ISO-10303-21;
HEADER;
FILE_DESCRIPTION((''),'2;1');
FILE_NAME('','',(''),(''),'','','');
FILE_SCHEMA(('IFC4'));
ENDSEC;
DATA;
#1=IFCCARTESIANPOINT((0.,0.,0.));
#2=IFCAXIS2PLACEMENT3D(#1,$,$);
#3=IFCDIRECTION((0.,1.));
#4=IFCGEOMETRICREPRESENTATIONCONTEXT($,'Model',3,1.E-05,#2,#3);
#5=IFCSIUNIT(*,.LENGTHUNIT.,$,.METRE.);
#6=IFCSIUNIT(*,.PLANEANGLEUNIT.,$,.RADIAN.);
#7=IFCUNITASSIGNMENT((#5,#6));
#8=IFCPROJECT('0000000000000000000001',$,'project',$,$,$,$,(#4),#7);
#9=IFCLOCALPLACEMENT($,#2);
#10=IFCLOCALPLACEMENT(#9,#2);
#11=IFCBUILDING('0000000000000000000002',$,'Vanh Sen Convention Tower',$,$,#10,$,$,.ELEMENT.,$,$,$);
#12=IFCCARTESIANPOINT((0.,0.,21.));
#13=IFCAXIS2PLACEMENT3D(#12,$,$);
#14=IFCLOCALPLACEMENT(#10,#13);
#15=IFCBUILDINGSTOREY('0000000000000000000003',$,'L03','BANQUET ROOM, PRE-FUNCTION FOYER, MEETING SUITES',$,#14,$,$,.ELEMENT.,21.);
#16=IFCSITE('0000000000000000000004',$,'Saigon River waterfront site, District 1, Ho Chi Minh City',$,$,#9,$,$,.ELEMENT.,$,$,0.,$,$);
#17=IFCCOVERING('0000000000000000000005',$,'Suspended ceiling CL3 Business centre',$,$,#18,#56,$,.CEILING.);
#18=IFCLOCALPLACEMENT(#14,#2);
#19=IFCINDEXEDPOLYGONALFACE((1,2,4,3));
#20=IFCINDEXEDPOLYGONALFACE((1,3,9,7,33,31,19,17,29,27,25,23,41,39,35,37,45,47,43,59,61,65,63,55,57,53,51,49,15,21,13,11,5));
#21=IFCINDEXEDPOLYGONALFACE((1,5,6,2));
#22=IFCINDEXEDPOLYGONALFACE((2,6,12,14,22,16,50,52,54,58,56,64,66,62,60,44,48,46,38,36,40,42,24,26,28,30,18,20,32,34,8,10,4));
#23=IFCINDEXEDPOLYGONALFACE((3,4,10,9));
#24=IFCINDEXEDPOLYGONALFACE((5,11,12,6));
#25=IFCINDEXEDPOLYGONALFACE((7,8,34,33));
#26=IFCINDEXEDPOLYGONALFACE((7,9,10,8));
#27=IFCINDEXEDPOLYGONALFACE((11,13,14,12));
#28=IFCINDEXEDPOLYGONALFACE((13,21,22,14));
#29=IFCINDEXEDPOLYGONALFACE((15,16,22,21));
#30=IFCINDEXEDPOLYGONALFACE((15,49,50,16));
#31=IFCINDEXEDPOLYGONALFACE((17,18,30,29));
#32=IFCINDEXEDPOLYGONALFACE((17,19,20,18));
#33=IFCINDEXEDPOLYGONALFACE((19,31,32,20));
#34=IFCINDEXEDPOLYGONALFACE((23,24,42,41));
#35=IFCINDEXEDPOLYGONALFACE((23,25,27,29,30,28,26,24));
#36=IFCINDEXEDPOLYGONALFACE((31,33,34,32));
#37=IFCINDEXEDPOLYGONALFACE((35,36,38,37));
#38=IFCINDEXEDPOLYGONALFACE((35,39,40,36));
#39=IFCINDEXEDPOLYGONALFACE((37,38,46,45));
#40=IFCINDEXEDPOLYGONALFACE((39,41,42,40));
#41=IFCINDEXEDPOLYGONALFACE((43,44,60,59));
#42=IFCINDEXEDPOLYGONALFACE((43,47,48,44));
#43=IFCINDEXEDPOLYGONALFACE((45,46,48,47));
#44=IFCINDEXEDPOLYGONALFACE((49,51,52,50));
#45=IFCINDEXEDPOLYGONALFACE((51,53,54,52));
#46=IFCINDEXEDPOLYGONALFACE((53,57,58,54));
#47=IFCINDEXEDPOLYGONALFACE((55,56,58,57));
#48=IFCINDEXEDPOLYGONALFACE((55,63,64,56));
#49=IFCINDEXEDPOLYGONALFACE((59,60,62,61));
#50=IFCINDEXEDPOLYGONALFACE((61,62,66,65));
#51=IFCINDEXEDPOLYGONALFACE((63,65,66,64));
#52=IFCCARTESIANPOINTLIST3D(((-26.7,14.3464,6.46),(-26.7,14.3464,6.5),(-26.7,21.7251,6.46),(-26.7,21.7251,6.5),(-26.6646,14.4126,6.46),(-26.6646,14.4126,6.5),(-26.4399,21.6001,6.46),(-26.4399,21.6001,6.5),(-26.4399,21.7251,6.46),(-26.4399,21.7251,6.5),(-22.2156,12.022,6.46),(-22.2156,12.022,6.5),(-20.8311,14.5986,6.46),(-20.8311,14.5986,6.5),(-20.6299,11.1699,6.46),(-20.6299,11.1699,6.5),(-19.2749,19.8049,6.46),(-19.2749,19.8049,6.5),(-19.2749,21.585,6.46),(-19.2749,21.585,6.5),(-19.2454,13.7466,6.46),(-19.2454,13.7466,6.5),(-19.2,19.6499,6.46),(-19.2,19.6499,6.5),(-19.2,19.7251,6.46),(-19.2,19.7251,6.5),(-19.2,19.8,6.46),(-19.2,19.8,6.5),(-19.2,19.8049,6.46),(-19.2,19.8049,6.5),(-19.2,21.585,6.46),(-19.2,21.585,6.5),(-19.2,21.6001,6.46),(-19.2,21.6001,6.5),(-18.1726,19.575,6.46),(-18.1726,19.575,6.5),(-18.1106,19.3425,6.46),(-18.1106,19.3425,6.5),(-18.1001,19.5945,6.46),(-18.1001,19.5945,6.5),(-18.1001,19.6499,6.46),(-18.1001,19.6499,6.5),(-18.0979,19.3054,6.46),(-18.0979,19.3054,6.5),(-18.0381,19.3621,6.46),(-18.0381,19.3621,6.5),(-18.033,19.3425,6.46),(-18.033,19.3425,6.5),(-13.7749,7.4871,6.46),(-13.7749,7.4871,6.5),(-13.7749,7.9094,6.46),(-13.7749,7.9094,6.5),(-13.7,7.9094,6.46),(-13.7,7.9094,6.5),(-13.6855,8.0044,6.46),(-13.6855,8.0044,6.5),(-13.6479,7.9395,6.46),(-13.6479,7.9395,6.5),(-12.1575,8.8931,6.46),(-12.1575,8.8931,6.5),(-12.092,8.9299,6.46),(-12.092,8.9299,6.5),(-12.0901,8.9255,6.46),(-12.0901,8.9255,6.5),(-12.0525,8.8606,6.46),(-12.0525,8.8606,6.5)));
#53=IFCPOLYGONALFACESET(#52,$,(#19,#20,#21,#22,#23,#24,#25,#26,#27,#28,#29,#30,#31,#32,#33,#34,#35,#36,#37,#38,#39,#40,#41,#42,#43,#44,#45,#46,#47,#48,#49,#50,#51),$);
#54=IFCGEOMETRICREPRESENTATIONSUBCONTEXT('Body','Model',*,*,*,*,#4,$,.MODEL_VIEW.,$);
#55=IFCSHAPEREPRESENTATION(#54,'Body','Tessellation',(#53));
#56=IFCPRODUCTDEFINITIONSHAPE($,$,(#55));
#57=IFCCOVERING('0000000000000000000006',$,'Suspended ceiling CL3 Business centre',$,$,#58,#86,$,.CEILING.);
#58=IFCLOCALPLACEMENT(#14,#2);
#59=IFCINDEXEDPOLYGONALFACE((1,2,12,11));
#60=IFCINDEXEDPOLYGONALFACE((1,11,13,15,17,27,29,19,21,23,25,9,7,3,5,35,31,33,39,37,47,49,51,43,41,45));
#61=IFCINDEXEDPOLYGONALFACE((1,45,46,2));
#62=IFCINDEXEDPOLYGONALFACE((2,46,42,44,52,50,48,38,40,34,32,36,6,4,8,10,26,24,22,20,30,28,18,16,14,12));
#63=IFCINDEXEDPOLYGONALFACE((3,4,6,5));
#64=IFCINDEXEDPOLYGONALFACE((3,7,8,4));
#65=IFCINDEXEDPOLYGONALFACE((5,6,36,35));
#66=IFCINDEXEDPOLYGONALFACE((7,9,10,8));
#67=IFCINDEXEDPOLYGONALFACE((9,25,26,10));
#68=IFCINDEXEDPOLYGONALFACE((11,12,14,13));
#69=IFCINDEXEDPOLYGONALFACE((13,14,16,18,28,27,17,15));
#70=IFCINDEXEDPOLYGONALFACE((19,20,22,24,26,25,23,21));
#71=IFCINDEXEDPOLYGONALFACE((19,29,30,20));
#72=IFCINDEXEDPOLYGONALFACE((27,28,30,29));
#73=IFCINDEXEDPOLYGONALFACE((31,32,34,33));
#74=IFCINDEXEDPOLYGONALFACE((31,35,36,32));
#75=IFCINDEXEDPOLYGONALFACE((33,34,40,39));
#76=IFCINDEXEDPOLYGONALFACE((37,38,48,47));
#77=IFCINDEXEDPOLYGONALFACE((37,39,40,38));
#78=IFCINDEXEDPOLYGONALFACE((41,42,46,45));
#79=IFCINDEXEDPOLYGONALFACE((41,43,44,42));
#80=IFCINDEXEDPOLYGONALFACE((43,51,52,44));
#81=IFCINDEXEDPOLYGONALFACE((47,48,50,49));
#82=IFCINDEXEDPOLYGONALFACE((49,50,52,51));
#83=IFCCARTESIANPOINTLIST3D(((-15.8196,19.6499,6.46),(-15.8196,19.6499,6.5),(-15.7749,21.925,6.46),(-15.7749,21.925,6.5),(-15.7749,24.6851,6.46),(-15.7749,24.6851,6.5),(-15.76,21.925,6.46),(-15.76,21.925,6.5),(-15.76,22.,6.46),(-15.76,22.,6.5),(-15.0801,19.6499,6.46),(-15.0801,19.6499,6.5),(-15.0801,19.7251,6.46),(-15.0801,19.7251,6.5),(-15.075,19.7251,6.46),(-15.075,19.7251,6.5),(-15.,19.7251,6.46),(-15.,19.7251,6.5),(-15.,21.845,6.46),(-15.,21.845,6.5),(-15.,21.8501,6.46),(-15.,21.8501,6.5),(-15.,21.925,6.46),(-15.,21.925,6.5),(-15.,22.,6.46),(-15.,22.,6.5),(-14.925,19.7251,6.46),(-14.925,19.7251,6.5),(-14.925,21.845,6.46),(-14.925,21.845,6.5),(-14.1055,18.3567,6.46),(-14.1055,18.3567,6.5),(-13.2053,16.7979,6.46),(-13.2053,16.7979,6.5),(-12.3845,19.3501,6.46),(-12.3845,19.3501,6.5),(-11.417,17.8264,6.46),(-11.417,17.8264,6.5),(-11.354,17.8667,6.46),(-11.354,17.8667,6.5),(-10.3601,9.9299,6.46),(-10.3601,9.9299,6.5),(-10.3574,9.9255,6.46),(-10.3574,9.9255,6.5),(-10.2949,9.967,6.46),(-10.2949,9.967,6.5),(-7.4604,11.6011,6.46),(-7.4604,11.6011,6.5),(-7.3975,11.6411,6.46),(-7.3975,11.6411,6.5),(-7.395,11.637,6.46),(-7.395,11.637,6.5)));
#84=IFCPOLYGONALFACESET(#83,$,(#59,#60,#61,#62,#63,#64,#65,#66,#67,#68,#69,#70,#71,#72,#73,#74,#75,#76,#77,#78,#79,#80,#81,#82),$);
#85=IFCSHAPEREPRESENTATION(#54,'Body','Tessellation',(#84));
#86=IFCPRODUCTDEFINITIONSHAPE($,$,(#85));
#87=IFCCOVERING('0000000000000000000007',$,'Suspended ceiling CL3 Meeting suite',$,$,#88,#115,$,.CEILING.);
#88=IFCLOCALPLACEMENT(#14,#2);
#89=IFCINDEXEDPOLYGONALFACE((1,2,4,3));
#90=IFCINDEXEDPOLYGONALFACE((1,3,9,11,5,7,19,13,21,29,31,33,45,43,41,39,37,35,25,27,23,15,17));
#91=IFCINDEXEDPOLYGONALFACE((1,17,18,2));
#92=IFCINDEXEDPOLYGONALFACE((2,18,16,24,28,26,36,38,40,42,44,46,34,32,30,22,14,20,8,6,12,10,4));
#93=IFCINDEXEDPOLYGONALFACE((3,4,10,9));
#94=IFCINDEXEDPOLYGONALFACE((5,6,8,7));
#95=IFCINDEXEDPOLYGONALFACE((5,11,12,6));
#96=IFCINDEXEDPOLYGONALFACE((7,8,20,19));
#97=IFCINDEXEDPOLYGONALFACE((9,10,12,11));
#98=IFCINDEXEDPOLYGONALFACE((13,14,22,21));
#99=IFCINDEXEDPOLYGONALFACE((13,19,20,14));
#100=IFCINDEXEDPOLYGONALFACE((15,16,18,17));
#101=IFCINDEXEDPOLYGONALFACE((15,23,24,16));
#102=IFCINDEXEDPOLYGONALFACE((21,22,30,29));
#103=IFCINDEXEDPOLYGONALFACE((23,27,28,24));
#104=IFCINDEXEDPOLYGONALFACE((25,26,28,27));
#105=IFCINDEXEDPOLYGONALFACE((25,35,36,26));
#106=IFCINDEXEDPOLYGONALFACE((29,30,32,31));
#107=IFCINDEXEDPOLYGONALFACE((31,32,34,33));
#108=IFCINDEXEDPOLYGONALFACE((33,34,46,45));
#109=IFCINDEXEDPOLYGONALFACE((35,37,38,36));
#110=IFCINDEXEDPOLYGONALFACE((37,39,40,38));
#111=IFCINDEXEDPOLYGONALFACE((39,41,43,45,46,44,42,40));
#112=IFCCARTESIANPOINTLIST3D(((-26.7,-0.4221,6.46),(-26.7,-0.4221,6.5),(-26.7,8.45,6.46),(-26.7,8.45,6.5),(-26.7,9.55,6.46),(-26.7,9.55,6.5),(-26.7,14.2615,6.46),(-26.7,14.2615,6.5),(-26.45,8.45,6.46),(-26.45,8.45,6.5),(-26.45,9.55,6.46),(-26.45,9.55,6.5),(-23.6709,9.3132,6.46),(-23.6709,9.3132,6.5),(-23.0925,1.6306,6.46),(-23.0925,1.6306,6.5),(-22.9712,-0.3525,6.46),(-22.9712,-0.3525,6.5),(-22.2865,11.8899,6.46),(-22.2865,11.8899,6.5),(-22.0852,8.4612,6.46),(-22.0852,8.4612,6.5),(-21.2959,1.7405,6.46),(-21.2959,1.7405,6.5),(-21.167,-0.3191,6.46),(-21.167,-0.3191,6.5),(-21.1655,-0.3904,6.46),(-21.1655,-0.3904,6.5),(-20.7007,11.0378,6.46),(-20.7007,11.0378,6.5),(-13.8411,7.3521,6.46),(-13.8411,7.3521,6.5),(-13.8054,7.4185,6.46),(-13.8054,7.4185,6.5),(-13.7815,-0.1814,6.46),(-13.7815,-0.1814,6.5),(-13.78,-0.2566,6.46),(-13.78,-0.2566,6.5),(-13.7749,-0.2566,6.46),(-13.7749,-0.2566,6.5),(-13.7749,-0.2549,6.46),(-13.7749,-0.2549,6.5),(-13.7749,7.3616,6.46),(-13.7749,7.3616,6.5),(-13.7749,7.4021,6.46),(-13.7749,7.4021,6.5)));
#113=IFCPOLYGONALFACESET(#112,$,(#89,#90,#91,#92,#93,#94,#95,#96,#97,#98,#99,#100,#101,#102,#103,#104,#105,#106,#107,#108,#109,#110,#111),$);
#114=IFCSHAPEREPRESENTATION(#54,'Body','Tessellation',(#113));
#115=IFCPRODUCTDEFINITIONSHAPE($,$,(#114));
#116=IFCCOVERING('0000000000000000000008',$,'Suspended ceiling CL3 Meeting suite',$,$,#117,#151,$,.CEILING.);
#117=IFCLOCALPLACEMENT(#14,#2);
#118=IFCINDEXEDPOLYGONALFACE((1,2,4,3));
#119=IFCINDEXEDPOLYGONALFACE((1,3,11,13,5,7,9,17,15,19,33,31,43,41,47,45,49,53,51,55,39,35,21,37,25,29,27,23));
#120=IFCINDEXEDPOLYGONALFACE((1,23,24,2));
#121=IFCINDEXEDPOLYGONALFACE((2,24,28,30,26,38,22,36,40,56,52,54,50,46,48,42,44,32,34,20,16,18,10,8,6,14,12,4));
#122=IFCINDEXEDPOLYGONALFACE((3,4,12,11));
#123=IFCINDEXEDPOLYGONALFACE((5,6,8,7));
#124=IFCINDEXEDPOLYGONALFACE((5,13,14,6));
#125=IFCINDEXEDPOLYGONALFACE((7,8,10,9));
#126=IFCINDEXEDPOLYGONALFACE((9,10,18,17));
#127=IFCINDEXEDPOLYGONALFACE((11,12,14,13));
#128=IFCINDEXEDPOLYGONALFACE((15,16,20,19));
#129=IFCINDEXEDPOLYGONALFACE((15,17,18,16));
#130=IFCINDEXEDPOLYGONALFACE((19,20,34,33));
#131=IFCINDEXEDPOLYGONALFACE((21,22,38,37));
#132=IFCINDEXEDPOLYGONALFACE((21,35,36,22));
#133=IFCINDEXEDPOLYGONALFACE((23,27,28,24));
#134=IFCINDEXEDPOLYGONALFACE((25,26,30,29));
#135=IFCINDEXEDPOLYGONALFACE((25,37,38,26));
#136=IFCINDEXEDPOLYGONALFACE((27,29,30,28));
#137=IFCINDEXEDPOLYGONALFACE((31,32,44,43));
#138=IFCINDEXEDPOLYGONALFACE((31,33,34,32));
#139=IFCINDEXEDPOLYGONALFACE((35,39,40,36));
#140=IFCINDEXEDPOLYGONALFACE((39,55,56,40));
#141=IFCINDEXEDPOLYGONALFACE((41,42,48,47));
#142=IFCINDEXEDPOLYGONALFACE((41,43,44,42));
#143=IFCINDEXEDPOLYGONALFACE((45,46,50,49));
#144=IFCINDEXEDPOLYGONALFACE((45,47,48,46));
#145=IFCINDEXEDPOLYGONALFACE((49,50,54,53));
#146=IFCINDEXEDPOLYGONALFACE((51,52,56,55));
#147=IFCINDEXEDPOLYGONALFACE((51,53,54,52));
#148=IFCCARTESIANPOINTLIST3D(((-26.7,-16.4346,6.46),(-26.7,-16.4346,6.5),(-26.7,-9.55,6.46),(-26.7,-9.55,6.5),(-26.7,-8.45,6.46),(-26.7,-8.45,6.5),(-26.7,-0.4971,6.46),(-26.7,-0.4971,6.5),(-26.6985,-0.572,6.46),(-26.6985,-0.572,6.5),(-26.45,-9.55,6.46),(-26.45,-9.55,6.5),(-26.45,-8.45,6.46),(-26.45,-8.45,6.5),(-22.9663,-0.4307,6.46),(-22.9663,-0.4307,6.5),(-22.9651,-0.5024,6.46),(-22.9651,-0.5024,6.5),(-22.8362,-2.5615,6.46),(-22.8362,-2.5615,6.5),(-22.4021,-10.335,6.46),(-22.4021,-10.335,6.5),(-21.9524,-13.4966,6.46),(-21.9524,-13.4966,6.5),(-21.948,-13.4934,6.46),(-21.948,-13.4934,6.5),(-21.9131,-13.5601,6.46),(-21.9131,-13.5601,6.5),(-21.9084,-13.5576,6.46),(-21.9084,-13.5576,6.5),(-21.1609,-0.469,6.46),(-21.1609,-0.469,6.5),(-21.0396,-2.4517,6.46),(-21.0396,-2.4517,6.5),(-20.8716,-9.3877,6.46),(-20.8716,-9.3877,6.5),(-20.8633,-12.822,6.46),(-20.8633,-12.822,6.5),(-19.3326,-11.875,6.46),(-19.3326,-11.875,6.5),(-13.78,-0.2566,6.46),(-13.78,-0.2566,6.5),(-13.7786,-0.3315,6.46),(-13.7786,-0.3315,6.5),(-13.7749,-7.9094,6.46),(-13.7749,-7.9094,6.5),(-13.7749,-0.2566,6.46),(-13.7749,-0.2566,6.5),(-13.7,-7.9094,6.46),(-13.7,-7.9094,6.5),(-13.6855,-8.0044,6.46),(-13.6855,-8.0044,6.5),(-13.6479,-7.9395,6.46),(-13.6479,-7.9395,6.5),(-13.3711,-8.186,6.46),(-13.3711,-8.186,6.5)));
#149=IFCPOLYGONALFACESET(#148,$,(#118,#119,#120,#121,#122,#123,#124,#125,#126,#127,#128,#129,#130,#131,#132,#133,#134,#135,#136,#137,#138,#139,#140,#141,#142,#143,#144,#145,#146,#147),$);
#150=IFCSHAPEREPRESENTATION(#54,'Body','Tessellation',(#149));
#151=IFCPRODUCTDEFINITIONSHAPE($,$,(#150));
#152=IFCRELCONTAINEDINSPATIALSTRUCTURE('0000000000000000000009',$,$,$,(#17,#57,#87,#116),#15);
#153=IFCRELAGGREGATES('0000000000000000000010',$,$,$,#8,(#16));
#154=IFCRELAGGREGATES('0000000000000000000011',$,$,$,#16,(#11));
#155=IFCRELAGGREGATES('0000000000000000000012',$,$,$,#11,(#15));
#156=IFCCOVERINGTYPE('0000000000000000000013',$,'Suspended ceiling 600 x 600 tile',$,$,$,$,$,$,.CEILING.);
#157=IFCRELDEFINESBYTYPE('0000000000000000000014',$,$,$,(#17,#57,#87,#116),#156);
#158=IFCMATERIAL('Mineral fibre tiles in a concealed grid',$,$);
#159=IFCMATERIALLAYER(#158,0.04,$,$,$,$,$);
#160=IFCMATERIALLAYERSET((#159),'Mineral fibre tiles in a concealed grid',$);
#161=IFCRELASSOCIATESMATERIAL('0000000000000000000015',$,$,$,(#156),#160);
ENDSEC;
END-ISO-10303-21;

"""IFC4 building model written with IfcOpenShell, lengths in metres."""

from ifc_helpers import new_model, si_unit, direction, frame, origin, place, context, subcontext, project, spatial, polyline, outline, extrude, material, layer, layer_set, type_object, element, save


model = new_model("IFC4")

# Units and contexts
model_context = context("Model", 3, precision=1e-05, world=origin(), true_north=direction((0.0, 1.0)))
body_context = subcontext(model_context, "Body", "Model", "MODEL_VIEW")
ifc_project = project(units=[si_unit("LENGTHUNIT", "METRE"), si_unit("PLANEANGLEUNIT", "RADIAN")], contexts=[model_context])

# Site, building, storey
site_placement = place(None, origin())
site = spatial("IfcSite", under=ifc_project, at=site_placement, Name="Saigon River waterfront site, District 1, Ho Chi Minh City", CompositionType="ELEMENT", RefElevation=0.0)
building_placement = place(site_placement, origin())
building = spatial("IfcBuilding", under=site, at=building_placement, Name="Vanh Sen Convention Tower", CompositionType="ELEMENT")
storey_placement = place(building_placement, frame((0.0, 0.0, 21.0)))
storey = spatial("IfcBuildingStorey", under=building, at=storey_placement, Name="L03", Description="BANQUET ROOM, PRE-FUNCTION FOYER, MEETING SUITES", CompositionType="ELEMENT", Elevation=21.0)

# Coverings
ifc_material_1 = material(Name="Mineral fibre tiles in a concealed grid")
ifc_layer_1 = layer(ifc_material_1, 0.04)
ifc_layer_set_1 = layer_set([ifc_layer_1], Name="Mineral fibre tiles in a concealed grid")
covering_type = type_object("IfcCoveringType", Name="Suspended ceiling 600 x 600 tile", PredefinedType="CEILING", material=ifc_layer_set_1)
covering_1_placement = place(storey_placement, frame((0.0, 0.0, 6.46)))
element("IfcCovering", 1, at=covering_1_placement, inside=storey, type_object=covering_type, Name="Suspended ceiling CL3 Business centre", PredefinedType="CEILING", context=body_context, shape_type="SweptSolid", body=[
    extrude(outline(polyline([(-26.4399, 21.6001), (-26.4399, 21.7251), (-26.7, 21.7251), (-26.7, 14.3464), (-26.6646, 14.4126), (-22.2156, 12.022), (-20.8311, 14.5986), (-19.2454, 13.7466), (-20.6299, 11.1699), (-13.7749, 7.4871), (-13.7749, 7.9094), (-13.7, 7.9094), (-13.6479, 7.9395), (-13.6855, 8.0044), (-12.0901, 8.9255), (-12.0525, 8.8606), (-12.092, 8.9299), (-12.1575, 8.8931), (-18.0979, 19.3054), (-18.033, 19.3425), (-18.0381, 19.3621), (-18.1106, 19.3425), (-18.1726, 19.575), (-18.1001, 19.5945), (-18.1001, 19.6499), (-19.2, 19.6499), (-19.2, 19.7251), (-19.2, 19.8), (-19.2, 19.8049), (-19.2749, 19.8049), (-19.2749, 21.585), (-19.2, 21.585), (-19.2, 21.6001), (-26.4399, 21.6001)])), origin(), (0.0, 0.0, 1.0), 0.04),
])
covering_2_placement = place(storey_placement, frame((0.0, 0.0, 6.46)))
element("IfcCovering", 2, at=covering_2_placement, inside=storey, type_object=covering_type, Name="Suspended ceiling CL3 Business centre", PredefinedType="CEILING", context=body_context, shape_type="SweptSolid", body=[
    extrude(outline(polyline([(-11.417, 17.8264), (-11.354, 17.8667), (-13.2053, 16.7979), (-14.1055, 18.3567), (-12.3845, 19.3501), (-15.7749, 24.6851), (-15.7749, 21.925), (-15.76, 21.925), (-15.76, 22.0), (-15.0, 22.0), (-15.0, 21.925), (-15.0, 21.8501), (-15.0, 21.845), (-14.925, 21.845), (-14.925, 19.7251), (-15.0, 19.7251), (-15.075, 19.7251), (-15.0801, 19.7251), (-15.0801, 19.6499), (-15.8196, 19.6499), (-10.2949, 9.967), (-10.3601, 9.9299), (-10.3574, 9.9255), (-7.395, 11.637), (-7.3975, 11.6411), (-7.4604, 11.6011), (-11.417, 17.8264)])), origin(), (0.0, 0.0, 1.0), 0.04),
])
covering_3_placement = place(storey_placement, frame((0.0, 0.0, 6.46)))
element("IfcCovering", 3, at=covering_3_placement, inside=storey, type_object=covering_type, Name="Suspended ceiling CL3 Meeting suite", PredefinedType="CEILING", context=body_context, shape_type="SweptSolid", body=[
    extrude(outline(polyline([(-13.7815, -0.1814), (-13.78, -0.2566), (-13.7749, -0.2566), (-13.7749, -0.2549), (-13.7749, 7.3616), (-13.7749, 7.4021), (-13.8054, 7.4185), (-13.8411, 7.3521), (-20.7007, 11.0378), (-22.0852, 8.4612), (-23.6709, 9.3132), (-22.251, 11.9561), (-22.251, 11.9561), (-22.2866, 11.8899), (-26.7, 14.2615), (-26.7, 9.55), (-26.45, 9.55), (-26.45, 8.45), (-26.7, 8.45), (-26.7, -0.4221), (-22.9712, -0.3525), (-23.0925, 1.6306), (-21.2959, 1.7405), (-21.1655, -0.3904), (-21.167, -0.3191), (-13.7815, -0.1814)])), origin(), (0.0, 0.0, 1.0), 0.04),
])
covering_4_placement = place(storey_placement, frame((0.0, 0.0, 6.46)))
element("IfcCovering", 4, at=covering_4_placement, inside=storey, type_object=covering_type, Name="Suspended ceiling CL3 Meeting suite", PredefinedType="CEILING", context=body_context, shape_type="SweptSolid", body=[
    extrude(outline(polyline([(-13.6855, -8.0044), (-13.6479, -7.9395), (-13.7, -7.9094), (-13.7749, -7.9094), (-13.7749, -0.2566), (-13.78, -0.2566), (-13.7786, -0.3315), (-21.1609, -0.469), (-21.0396, -2.4517), (-22.8362, -2.5615), (-22.9663, -0.4307), (-22.9651, -0.5024), (-26.6985, -0.572), (-26.7, -0.4971), (-26.7, -8.45), (-26.45, -8.45), (-26.45, -9.55), (-26.7, -9.55), (-26.7, -16.4346), (-21.9524, -13.4966), (-21.9131, -13.5601), (-21.9084, -13.5576), (-21.948, -13.4934), (-20.8633, -12.822), (-22.4021, -10.335), (-20.8716, -9.3877), (-19.3169, -11.9004), (-19.3325, -11.875), (-13.3711, -8.186), (-13.6855, -8.0044)])), origin(), (0.0, 0.0, 1.0), 0.04),
])

save(model, "model.ifc")
